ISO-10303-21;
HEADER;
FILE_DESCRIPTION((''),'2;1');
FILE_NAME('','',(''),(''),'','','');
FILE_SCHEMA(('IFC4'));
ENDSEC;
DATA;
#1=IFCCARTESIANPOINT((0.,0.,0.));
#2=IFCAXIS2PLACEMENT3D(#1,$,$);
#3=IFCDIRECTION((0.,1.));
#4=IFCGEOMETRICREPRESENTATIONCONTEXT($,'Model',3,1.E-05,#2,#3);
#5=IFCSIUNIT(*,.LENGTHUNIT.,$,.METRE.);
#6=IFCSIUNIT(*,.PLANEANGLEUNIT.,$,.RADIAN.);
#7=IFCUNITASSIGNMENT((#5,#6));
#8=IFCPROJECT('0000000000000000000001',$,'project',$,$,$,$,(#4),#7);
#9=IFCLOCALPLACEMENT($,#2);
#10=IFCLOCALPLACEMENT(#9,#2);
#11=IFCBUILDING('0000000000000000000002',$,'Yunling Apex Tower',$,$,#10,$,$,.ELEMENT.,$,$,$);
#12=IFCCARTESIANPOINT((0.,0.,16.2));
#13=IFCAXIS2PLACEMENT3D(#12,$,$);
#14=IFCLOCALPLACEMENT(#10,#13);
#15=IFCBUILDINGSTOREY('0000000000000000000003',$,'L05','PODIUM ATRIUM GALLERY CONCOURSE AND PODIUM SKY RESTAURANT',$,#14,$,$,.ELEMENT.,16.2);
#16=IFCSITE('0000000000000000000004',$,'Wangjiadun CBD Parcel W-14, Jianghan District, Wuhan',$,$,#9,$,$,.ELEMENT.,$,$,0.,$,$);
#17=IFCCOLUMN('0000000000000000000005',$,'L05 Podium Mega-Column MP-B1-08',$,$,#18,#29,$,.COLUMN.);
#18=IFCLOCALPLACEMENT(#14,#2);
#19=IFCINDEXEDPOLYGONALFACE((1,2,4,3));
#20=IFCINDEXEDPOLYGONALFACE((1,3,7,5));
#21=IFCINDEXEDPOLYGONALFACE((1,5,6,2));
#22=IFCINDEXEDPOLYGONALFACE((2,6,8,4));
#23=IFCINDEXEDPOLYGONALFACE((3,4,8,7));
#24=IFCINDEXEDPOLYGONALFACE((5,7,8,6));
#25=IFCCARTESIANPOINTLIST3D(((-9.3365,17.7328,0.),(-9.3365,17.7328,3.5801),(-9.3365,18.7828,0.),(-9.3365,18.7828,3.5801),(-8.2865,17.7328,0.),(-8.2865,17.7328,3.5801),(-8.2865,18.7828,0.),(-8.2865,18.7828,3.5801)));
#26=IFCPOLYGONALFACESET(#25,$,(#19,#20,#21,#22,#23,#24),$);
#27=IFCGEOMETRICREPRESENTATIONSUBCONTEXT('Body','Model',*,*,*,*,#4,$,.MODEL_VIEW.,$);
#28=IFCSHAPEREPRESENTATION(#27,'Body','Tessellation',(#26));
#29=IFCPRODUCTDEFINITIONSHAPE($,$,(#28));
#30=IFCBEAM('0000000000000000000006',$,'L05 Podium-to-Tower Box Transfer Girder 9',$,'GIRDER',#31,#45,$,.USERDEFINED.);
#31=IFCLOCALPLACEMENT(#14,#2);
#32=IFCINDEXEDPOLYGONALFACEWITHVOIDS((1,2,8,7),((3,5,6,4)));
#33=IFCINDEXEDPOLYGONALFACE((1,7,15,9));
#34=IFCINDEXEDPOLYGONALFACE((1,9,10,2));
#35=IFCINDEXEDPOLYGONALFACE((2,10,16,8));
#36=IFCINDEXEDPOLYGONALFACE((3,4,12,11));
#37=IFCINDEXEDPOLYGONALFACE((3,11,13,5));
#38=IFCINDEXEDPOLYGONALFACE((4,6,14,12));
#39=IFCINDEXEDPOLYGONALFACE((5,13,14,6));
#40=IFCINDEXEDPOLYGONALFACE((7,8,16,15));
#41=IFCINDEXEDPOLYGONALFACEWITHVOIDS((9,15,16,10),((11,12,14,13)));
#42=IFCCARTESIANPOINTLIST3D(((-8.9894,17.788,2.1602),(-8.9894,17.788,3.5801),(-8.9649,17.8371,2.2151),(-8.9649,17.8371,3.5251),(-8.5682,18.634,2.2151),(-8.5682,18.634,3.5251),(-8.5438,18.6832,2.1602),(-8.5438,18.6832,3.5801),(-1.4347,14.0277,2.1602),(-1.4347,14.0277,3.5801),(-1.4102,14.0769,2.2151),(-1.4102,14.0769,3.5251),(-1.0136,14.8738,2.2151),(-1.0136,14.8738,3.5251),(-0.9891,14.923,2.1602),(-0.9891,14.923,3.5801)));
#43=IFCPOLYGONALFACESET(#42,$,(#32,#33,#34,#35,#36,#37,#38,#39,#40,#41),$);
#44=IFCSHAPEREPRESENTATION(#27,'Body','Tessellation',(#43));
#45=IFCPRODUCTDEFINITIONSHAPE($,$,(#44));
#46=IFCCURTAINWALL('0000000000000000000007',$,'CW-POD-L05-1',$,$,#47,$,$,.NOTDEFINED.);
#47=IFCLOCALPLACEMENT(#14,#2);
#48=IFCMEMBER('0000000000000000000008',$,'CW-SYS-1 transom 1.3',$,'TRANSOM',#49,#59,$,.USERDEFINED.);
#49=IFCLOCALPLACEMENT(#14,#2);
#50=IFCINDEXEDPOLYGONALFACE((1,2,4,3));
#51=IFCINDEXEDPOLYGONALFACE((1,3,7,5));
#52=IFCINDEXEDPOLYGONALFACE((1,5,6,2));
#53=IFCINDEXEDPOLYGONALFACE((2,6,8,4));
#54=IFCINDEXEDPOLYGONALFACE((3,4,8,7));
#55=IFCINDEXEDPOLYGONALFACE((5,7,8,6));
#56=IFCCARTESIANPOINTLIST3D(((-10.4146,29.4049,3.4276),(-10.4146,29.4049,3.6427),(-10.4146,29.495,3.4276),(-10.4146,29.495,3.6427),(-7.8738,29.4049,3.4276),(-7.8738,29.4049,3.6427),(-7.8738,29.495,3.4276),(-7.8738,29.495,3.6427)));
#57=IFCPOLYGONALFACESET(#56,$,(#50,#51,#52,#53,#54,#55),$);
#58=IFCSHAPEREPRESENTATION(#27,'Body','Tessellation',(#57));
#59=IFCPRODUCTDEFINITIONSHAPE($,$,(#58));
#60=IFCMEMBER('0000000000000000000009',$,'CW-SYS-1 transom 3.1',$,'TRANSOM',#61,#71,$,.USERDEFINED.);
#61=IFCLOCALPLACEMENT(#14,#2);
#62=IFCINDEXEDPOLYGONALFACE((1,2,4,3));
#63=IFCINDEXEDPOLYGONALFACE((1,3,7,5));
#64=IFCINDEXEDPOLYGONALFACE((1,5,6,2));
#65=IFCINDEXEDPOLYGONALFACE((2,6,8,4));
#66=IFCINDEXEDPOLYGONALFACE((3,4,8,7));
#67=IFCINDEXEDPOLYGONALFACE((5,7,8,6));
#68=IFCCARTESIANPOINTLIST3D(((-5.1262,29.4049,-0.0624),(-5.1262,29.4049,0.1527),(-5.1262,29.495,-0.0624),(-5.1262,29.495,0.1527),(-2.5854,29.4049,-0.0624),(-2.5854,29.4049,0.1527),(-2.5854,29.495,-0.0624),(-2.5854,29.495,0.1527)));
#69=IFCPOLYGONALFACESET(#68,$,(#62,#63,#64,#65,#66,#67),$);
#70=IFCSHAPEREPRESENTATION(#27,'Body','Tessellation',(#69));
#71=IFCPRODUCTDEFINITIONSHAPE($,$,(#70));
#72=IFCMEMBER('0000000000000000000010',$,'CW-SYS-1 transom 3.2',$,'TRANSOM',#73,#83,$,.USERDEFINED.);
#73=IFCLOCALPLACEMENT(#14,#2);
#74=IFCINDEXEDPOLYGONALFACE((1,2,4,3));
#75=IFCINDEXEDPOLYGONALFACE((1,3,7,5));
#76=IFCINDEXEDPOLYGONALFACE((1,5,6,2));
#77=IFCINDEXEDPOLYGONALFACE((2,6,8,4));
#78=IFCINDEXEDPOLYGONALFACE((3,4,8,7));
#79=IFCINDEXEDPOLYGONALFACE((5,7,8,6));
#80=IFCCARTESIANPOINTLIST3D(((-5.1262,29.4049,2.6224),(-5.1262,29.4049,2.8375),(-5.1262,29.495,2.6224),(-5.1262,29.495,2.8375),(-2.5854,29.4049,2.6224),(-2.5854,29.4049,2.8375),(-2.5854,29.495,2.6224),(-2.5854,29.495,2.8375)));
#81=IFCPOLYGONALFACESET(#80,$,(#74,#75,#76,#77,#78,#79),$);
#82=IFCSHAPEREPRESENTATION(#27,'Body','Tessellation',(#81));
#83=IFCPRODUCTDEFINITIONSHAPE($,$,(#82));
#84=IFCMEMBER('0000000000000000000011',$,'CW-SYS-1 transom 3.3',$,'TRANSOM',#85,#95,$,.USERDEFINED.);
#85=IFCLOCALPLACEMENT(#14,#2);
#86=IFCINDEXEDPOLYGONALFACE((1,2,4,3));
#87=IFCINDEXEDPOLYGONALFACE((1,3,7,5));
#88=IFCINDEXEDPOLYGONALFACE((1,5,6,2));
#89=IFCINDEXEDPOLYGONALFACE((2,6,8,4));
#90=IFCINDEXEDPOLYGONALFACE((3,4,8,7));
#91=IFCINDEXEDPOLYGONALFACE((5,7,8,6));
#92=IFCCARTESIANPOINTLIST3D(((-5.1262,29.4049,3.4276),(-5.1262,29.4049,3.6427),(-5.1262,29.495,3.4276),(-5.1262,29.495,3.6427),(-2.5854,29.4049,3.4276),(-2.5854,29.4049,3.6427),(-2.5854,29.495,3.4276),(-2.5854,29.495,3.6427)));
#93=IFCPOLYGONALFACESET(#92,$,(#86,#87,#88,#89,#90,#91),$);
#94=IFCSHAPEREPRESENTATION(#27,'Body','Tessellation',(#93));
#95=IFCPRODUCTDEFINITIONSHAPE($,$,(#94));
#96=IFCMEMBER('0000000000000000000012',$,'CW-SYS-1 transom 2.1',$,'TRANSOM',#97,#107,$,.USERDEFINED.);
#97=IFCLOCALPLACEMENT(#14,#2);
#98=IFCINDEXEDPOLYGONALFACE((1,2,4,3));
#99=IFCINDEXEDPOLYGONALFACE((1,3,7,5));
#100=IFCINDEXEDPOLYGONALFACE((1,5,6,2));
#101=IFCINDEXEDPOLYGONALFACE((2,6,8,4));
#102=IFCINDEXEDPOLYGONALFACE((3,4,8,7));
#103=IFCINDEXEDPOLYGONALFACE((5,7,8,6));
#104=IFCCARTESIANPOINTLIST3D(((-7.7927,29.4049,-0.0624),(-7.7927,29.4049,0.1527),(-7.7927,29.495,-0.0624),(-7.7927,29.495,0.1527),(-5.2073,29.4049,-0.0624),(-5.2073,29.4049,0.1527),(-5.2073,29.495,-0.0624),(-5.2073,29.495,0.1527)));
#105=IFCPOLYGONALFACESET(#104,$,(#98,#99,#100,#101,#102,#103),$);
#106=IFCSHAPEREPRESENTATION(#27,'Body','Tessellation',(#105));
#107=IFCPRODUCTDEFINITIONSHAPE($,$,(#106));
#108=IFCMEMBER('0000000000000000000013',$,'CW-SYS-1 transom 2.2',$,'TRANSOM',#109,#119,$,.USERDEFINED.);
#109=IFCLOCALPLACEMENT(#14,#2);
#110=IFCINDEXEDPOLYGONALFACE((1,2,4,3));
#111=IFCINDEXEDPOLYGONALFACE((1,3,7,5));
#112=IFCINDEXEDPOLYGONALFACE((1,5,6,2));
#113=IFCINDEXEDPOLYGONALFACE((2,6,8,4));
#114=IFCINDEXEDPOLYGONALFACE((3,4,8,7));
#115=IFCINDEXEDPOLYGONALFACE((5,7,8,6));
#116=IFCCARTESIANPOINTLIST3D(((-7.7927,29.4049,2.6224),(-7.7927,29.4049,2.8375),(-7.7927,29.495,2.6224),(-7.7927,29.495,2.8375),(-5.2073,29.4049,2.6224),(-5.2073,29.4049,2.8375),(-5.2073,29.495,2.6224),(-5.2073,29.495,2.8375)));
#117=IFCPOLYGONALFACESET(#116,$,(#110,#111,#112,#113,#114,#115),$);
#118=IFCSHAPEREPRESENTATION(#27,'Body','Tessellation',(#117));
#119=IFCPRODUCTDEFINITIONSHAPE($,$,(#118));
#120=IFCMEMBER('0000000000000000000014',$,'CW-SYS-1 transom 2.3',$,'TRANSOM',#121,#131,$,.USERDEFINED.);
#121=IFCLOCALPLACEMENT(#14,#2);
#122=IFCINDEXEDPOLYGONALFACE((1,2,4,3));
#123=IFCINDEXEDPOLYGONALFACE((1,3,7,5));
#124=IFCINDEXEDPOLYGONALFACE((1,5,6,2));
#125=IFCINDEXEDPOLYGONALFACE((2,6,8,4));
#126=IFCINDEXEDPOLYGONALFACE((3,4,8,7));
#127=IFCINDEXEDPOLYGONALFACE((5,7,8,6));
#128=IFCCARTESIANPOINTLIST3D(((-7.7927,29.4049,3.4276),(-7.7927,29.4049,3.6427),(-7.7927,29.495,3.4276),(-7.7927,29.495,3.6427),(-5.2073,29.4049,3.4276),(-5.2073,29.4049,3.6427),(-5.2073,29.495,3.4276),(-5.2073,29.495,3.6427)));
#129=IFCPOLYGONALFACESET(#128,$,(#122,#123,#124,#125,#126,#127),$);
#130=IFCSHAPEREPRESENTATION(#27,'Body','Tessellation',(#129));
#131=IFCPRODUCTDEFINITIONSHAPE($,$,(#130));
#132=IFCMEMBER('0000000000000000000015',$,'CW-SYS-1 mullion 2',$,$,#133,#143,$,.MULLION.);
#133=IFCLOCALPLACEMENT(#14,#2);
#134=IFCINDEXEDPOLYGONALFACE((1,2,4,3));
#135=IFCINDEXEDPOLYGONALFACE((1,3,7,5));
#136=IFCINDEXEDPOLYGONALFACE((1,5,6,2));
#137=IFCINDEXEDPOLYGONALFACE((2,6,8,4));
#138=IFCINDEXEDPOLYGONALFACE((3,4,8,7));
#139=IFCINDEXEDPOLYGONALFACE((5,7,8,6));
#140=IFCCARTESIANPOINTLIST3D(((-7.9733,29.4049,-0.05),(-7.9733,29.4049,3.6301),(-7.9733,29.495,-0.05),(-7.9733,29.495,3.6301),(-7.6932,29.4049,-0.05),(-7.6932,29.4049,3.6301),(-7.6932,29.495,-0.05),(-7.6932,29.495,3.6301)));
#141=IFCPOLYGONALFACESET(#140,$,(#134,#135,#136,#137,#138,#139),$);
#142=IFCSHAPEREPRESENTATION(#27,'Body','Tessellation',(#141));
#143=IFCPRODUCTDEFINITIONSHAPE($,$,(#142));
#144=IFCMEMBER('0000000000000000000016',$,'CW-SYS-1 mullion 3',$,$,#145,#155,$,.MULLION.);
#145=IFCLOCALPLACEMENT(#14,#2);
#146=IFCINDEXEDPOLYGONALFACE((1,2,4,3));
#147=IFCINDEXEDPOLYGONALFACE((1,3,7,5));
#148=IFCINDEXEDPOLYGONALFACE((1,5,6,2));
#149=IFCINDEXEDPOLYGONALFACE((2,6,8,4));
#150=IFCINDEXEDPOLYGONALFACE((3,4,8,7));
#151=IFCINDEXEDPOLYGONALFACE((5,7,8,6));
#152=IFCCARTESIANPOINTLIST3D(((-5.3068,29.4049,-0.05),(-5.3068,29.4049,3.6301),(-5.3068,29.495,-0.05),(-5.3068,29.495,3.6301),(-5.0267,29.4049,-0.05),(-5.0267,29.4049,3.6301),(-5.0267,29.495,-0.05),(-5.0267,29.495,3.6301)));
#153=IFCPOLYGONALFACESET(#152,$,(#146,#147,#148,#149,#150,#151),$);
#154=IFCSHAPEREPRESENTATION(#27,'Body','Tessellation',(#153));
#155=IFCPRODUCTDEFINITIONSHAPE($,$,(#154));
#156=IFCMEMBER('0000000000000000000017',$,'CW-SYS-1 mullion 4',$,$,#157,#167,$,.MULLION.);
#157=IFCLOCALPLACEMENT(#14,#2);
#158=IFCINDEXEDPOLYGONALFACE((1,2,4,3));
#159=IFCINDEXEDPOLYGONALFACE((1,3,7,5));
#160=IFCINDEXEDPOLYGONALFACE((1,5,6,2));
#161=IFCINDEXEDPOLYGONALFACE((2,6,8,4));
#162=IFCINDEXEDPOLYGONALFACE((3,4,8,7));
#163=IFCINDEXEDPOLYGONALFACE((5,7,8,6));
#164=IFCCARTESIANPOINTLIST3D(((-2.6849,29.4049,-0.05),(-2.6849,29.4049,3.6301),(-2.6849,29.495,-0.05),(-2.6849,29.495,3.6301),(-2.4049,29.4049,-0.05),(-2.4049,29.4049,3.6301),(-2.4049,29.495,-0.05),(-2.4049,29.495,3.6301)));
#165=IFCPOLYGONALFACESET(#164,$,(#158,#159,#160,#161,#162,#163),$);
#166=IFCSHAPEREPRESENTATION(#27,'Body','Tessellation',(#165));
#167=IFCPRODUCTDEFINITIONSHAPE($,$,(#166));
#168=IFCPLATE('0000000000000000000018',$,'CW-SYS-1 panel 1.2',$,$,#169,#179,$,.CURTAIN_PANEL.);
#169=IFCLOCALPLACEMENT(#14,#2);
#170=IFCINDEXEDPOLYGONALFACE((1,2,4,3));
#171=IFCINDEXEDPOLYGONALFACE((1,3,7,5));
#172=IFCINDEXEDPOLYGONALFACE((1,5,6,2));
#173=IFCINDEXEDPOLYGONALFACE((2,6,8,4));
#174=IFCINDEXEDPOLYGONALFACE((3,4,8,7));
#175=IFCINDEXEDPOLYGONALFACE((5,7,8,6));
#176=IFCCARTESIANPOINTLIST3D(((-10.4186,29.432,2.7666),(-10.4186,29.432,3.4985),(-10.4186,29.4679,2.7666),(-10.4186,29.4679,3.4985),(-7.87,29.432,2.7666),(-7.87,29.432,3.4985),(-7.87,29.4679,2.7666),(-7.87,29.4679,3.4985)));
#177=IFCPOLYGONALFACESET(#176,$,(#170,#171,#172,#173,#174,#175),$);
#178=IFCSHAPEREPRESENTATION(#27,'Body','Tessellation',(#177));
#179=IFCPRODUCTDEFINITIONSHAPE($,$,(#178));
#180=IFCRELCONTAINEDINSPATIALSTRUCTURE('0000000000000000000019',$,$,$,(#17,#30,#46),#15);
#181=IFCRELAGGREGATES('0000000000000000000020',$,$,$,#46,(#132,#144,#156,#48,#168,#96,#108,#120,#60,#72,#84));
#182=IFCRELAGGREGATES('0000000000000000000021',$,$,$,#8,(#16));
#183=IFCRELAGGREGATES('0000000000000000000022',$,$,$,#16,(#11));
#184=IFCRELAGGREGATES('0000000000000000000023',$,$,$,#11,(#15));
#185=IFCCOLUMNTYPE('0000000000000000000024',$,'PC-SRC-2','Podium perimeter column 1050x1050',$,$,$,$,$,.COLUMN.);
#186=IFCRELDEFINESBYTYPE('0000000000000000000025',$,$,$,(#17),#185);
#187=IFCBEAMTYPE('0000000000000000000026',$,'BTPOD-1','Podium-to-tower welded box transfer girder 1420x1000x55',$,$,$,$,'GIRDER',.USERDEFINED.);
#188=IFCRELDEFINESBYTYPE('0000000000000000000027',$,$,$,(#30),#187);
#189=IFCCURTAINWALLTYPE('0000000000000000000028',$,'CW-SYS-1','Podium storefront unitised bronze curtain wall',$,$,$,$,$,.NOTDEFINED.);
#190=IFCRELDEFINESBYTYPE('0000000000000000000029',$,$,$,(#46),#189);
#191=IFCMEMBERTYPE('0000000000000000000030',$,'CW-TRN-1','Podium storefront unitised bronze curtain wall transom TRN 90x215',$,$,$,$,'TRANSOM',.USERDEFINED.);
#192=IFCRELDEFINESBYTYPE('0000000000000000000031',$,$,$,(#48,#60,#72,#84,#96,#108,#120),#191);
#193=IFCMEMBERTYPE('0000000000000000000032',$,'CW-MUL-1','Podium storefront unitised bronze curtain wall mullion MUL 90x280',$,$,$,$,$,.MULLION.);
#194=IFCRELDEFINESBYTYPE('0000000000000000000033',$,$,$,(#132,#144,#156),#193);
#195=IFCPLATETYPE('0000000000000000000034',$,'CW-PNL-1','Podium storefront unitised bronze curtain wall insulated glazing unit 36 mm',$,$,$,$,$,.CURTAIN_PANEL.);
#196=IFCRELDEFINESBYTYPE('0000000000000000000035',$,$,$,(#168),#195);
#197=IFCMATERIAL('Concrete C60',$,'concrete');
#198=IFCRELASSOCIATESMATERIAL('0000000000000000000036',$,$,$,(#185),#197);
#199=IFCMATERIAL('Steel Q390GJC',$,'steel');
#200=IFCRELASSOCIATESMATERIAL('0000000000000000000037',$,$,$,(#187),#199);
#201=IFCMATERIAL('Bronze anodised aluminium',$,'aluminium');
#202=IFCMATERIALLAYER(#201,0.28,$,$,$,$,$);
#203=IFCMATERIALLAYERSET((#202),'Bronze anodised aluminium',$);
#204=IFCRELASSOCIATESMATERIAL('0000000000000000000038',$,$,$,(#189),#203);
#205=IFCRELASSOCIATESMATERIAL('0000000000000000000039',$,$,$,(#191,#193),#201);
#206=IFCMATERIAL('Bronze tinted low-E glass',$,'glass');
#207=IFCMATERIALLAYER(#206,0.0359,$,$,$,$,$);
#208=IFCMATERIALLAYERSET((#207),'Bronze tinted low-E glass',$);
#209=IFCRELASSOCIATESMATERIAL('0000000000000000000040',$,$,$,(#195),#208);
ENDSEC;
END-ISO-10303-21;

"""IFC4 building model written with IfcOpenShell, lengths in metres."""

from ifc_helpers import new_model, si_unit, direction, frame, origin, origin_2d, place, context, subcontext, project, spatial, rectangle, hollow_rectangle, extrude, source, transform, mapped, material, layer, layer_set, material_profile, profile_set, type_object, element, aggregate, save


model = new_model("IFC4")

# Units and contexts
model_context = context("Model", 3, precision=1e-05, world=origin(), true_north=direction((0.0, 1.0)))
body_context = subcontext(model_context, "Body", "Model", "MODEL_VIEW")
ifc_project = project(units=[si_unit("LENGTHUNIT", "METRE"), si_unit("PLANEANGLEUNIT", "RADIAN")], contexts=[model_context])

# Site, building, storey
site_placement = place(None, origin())
site = spatial("IfcSite", under=ifc_project, at=site_placement, Name="Wangjiadun CBD Parcel W-14, Jianghan District, Wuhan", CompositionType="ELEMENT", RefElevation=0.0)
building_placement = place(site_placement, origin())
building = spatial("IfcBuilding", under=site, at=building_placement, Name="Yunling Apex Tower", CompositionType="ELEMENT")
storey_placement = place(building_placement, frame((0.0, 0.0, 16.2)))
storey = spatial("IfcBuildingStorey", under=building, at=storey_placement, Name="L05", Description="PODIUM ATRIUM GALLERY CONCOURSE AND PODIUM SKY RESTAURANT", CompositionType="ELEMENT", Elevation=16.2)

# Column
ifc_material_1 = material(Name="Concrete C60", Category="concrete")
ifc_material_profile_1 = material_profile(ifc_material_1, rectangle(XDim=1.05, YDim=1.05, at=origin_2d()))
ifc_profile_set_1 = profile_set([ifc_material_profile_1], Name="Concrete C60")
column_type = type_object("IfcColumnType", Name="PC-SRC-2", Description="Podium perimeter column 1050x1050", PredefinedType="COLUMN", material=ifc_profile_set_1)
shared_shape_1 = source(origin(), body_context, "Body", "SweptSolid", [
    extrude(rectangle(XDim=1.05, YDim=1.05, at=origin_2d()), origin(), (0.0, 0.0, 1.0), 3.5801),
])
column_placement = place(storey_placement, frame((-8.8115, 18.2578, 0.0), z_axis=(0.0, 0.0, 1.0), x_axis=(1.0, 0.0, 0.0)))
element("IfcColumn", 1, at=column_placement, inside=storey, type_object=column_type, Name="L05 Podium Mega-Column MP-B1-08", PredefinedType="COLUMN", context=body_context, shape_type="MappedRepresentation", body=[
    mapped(shared_shape_1, transform((0.0, 0.0, 0.0), scale=1.0)),
])

# Beam
ifc_material_2 = material(Name="Steel Q390GJC", Category="steel")
ifc_material_profile_2 = material_profile(ifc_material_2, hollow_rectangle(XDim=1.0, YDim=1.4199, WallThickness=0.0549, at=origin_2d()))
ifc_profile_set_2 = profile_set([ifc_material_profile_2], Name="Steel Q390GJC")
beam_type = type_object("IfcBeamType", Name="BTPOD-1", Description="Podium-to-tower welded box transfer girder 1420x1000x55", ElementType="GIRDER", PredefinedType="USERDEFINED", material=ifc_profile_set_2)
shared_shape_2 = source(origin(), body_context, "Body", "SweptSolid", [
    extrude(hollow_rectangle(XDim=1.0, YDim=1.4199, WallThickness=0.0549, at=origin_2d()), origin(), (0.0, 0.0, 1.0), 8.4387),
])
beam_placement = place(storey_placement, frame((-1.2119, 14.4753, 2.8701), z_axis=(-0.895236, 0.445593, 0.0), x_axis=(-0.445593, -0.895236, 0.0)))
element("IfcBeam", 2, at=beam_placement, inside=storey, type_object=beam_type, Name="L05 Podium-to-Tower Box Transfer Girder 9", ObjectType="GIRDER", PredefinedType="USERDEFINED", context=body_context, shape_type="MappedRepresentation", body=[
    mapped(shared_shape_2, transform((0.0, 0.0, 0.0), scale=1.0)),
])

# Curtain wall, members, plate
ifc_material_3 = material(Name="Bronze anodised aluminium", Category="aluminium")
ifc_layer_1 = layer(ifc_material_3, 0.28)
ifc_layer_set_1 = layer_set([ifc_layer_1], Name="Bronze anodised aluminium")
curtain_wall_type = type_object("IfcCurtainWallType", Name="CW-SYS-1", Description="Podium storefront unitised bronze curtain wall", PredefinedType="NOTDEFINED", material=ifc_layer_set_1)
curtain_wall_placement = place(storey_placement, origin())
curtain_wall = element("IfcCurtainWall", 3, at=curtain_wall_placement, inside=storey, type_object=curtain_wall_type, Name="CW-POD-L05-1", PredefinedType="NOTDEFINED")
ifc_material_profile_3 = material_profile(ifc_material_3, rectangle(XDim=0.0901, YDim=0.2151, at=origin_2d()))
ifc_profile_set_3 = profile_set([ifc_material_profile_3], Name="Bronze anodised aluminium")
member_type_1 = type_object("IfcMemberType", Name="CW-TRN-1", Description="Podium storefront unitised bronze curtain wall transom TRN 90x215", ElementType="TRANSOM", PredefinedType="USERDEFINED", material=ifc_profile_set_3)
shared_shape_3 = source(origin(), body_context, "Body", "SweptSolid", [
    extrude(rectangle(XDim=0.0901, YDim=0.2151, at=origin_2d()), origin(), (0.0, 0.0, 1.0), 2.5408),
])
member_1_placement = place(storey_placement, frame((-10.4146, 29.45, 3.5352), z_axis=(1.0, 0.0, 0.0), x_axis=(0.0, 1.0, 0.0)))
member_1 = element("IfcMember", 4, at=member_1_placement, type_object=member_type_1, Name="CW-SYS-1 transom 1.3", ObjectType="TRANSOM", PredefinedType="USERDEFINED", context=body_context, shape_type="MappedRepresentation", body=[
    mapped(shared_shape_3, transform((0.0, 0.0, 0.0), scale=1.0)),
])
member_2_placement = place(storey_placement, frame((-5.1262, 29.45, 0.0452), z_axis=(1.0, 0.0, 0.0), x_axis=(0.0, 1.0, 0.0)))
member_2 = element("IfcMember", 5, at=member_2_placement, type_object=member_type_1, Name="CW-SYS-1 transom 3.1", ObjectType="TRANSOM", PredefinedType="USERDEFINED", context=body_context, shape_type="MappedRepresentation", body=[
    mapped(shared_shape_3, transform((0.0, 0.0, 0.0), scale=1.0)),
])
member_3_placement = place(storey_placement, frame((-5.1262, 29.45, 2.73), z_axis=(1.0, 0.0, 0.0), x_axis=(0.0, 1.0, 0.0)))
member_3 = element("IfcMember", 6, at=member_3_placement, type_object=member_type_1, Name="CW-SYS-1 transom 3.2", ObjectType="TRANSOM", PredefinedType="USERDEFINED", context=body_context, shape_type="MappedRepresentation", body=[
    mapped(shared_shape_3, transform((0.0, 0.0, 0.0), scale=1.0)),
])
member_4_placement = place(storey_placement, frame((-5.1262, 29.45, 3.5352), z_axis=(1.0, 0.0, 0.0), x_axis=(0.0, 1.0, 0.0)))
member_4 = element("IfcMember", 7, at=member_4_placement, type_object=member_type_1, Name="CW-SYS-1 transom 3.3", ObjectType="TRANSOM", PredefinedType="USERDEFINED", context=body_context, shape_type="MappedRepresentation", body=[
    mapped(shared_shape_3, transform((0.0, 0.0, 0.0), scale=1.0)),
])
shared_shape_4 = source(origin(), body_context, "Body", "SweptSolid", [
    extrude(rectangle(XDim=0.0901, YDim=0.2151, at=origin_2d()), origin(), (0.0, 0.0, 1.0), 2.5854),
])
member_5_placement = place(storey_placement, frame((-7.7927, 29.45, 0.0452), z_axis=(1.0, 0.0, 0.0), x_axis=(0.0, 1.0, 0.0)))
member_5 = element("IfcMember", 8, at=member_5_placement, type_object=member_type_1, Name="CW-SYS-1 transom 2.1", ObjectType="TRANSOM", PredefinedType="USERDEFINED", context=body_context, shape_type="MappedRepresentation", body=[
    mapped(shared_shape_4, transform((0.0, 0.0, 0.0), scale=1.0)),
])
member_6_placement = place(storey_placement, frame((-7.7927, 29.45, 2.73), z_axis=(1.0, 0.0, 0.0), x_axis=(0.0, 1.0, 0.0)))
member_6 = element("IfcMember", 9, at=member_6_placement, type_object=member_type_1, Name="CW-SYS-1 transom 2.2", ObjectType="TRANSOM", PredefinedType="USERDEFINED", context=body_context, shape_type="MappedRepresentation", body=[
    mapped(shared_shape_4, transform((0.0, 0.0, 0.0), scale=1.0)),
])
member_7_placement = place(storey_placement, frame((-7.7927, 29.45, 3.5352), z_axis=(1.0, 0.0, 0.0), x_axis=(0.0, 1.0, 0.0)))
member_7 = element("IfcMember", 10, at=member_7_placement, type_object=member_type_1, Name="CW-SYS-1 transom 2.3", ObjectType="TRANSOM", PredefinedType="USERDEFINED", context=body_context, shape_type="MappedRepresentation", body=[
    mapped(shared_shape_4, transform((0.0, 0.0, 0.0), scale=1.0)),
])
ifc_material_profile_4 = material_profile(ifc_material_3, rectangle(XDim=0.0901, YDim=0.28, at=origin_2d()))
ifc_profile_set_4 = profile_set([ifc_material_profile_4], Name="Bronze anodised aluminium")
member_type_2 = type_object("IfcMemberType", Name="CW-MUL-1", Description="Podium storefront unitised bronze curtain wall mullion MUL 90x280", PredefinedType="MULLION", material=ifc_profile_set_4)
shared_shape_5 = source(origin(), body_context, "Body", "SweptSolid", [
    extrude(rectangle(XDim=0.0901, YDim=0.28, at=origin_2d()), origin(), (0.0, 0.0, 1.0), 3.6802),
])
member_8_placement = place(storey_placement, frame((-7.8333, 29.45, -0.05), z_axis=(0.0, 0.0, 1.0), x_axis=(0.0, 1.0, 0.0)))
member_8 = element("IfcMember", 11, at=member_8_placement, type_object=member_type_2, Name="CW-SYS-1 mullion 2", PredefinedType="MULLION", context=body_context, shape_type="MappedRepresentation", body=[
    mapped(shared_shape_5, transform((0.0, 0.0, 0.0), scale=1.0)),
])
member_9_placement = place(storey_placement, frame((-5.1667, 29.45, -0.05), z_axis=(0.0, 0.0, 1.0), x_axis=(0.0, 1.0, 0.0)))
member_9 = element("IfcMember", 12, at=member_9_placement, type_object=member_type_2, Name="CW-SYS-1 mullion 3", PredefinedType="MULLION", context=body_context, shape_type="MappedRepresentation", body=[
    mapped(shared_shape_5, transform((0.0, 0.0, 0.0), scale=1.0)),
])
member_10_placement = place(storey_placement, frame((-2.5449, 29.45, -0.05), z_axis=(0.0, 0.0, 1.0), x_axis=(0.0, 1.0, 0.0)))
member_10 = element("IfcMember", 13, at=member_10_placement, type_object=member_type_2, Name="CW-SYS-1 mullion 4", PredefinedType="MULLION", context=body_context, shape_type="MappedRepresentation", body=[
    mapped(shared_shape_5, transform((0.0, 0.0, 0.0), scale=1.0)),
])
ifc_material_4 = material(Name="Bronze tinted low-E glass", Category="glass")
ifc_layer_2 = layer(ifc_material_4, 0.0359)
ifc_layer_set_2 = layer_set([ifc_layer_2], Name="Bronze tinted low-E glass")
plate_type = type_object("IfcPlateType", Name="CW-PNL-1", Description="Podium storefront unitised bronze curtain wall insulated glazing unit 36 mm", PredefinedType="CURTAIN_PANEL", material=ifc_layer_set_2)
shared_shape_6 = source(origin(), body_context, "Body", "SweptSolid", [
    extrude(rectangle(XDim=2.5486, YDim=0.0359, at=origin_2d()), origin(), (0.0, 0.0, 1.0), 0.7319),
])
plate_1_placement = place(storey_placement, frame((-9.1443, 29.45, 2.7666), z_axis=(0.0, 0.0, 1.0), x_axis=(1.0, 0.0, 0.0)))
plate_1 = element("IfcPlate", 14, at=plate_1_placement, type_object=plate_type, Name="CW-SYS-1 panel 1.2", PredefinedType="CURTAIN_PANEL", context=body_context, shape_type="MappedRepresentation", body=[
    mapped(shared_shape_6, transform((0.0, 0.0, 0.0), scale=1.0)),
])
aggregate(curtain_wall, [member_8, member_9, member_10, member_1, plate_1, member_5, member_6, member_7, member_2, member_3, member_4])

save(model, "model.ifc")
